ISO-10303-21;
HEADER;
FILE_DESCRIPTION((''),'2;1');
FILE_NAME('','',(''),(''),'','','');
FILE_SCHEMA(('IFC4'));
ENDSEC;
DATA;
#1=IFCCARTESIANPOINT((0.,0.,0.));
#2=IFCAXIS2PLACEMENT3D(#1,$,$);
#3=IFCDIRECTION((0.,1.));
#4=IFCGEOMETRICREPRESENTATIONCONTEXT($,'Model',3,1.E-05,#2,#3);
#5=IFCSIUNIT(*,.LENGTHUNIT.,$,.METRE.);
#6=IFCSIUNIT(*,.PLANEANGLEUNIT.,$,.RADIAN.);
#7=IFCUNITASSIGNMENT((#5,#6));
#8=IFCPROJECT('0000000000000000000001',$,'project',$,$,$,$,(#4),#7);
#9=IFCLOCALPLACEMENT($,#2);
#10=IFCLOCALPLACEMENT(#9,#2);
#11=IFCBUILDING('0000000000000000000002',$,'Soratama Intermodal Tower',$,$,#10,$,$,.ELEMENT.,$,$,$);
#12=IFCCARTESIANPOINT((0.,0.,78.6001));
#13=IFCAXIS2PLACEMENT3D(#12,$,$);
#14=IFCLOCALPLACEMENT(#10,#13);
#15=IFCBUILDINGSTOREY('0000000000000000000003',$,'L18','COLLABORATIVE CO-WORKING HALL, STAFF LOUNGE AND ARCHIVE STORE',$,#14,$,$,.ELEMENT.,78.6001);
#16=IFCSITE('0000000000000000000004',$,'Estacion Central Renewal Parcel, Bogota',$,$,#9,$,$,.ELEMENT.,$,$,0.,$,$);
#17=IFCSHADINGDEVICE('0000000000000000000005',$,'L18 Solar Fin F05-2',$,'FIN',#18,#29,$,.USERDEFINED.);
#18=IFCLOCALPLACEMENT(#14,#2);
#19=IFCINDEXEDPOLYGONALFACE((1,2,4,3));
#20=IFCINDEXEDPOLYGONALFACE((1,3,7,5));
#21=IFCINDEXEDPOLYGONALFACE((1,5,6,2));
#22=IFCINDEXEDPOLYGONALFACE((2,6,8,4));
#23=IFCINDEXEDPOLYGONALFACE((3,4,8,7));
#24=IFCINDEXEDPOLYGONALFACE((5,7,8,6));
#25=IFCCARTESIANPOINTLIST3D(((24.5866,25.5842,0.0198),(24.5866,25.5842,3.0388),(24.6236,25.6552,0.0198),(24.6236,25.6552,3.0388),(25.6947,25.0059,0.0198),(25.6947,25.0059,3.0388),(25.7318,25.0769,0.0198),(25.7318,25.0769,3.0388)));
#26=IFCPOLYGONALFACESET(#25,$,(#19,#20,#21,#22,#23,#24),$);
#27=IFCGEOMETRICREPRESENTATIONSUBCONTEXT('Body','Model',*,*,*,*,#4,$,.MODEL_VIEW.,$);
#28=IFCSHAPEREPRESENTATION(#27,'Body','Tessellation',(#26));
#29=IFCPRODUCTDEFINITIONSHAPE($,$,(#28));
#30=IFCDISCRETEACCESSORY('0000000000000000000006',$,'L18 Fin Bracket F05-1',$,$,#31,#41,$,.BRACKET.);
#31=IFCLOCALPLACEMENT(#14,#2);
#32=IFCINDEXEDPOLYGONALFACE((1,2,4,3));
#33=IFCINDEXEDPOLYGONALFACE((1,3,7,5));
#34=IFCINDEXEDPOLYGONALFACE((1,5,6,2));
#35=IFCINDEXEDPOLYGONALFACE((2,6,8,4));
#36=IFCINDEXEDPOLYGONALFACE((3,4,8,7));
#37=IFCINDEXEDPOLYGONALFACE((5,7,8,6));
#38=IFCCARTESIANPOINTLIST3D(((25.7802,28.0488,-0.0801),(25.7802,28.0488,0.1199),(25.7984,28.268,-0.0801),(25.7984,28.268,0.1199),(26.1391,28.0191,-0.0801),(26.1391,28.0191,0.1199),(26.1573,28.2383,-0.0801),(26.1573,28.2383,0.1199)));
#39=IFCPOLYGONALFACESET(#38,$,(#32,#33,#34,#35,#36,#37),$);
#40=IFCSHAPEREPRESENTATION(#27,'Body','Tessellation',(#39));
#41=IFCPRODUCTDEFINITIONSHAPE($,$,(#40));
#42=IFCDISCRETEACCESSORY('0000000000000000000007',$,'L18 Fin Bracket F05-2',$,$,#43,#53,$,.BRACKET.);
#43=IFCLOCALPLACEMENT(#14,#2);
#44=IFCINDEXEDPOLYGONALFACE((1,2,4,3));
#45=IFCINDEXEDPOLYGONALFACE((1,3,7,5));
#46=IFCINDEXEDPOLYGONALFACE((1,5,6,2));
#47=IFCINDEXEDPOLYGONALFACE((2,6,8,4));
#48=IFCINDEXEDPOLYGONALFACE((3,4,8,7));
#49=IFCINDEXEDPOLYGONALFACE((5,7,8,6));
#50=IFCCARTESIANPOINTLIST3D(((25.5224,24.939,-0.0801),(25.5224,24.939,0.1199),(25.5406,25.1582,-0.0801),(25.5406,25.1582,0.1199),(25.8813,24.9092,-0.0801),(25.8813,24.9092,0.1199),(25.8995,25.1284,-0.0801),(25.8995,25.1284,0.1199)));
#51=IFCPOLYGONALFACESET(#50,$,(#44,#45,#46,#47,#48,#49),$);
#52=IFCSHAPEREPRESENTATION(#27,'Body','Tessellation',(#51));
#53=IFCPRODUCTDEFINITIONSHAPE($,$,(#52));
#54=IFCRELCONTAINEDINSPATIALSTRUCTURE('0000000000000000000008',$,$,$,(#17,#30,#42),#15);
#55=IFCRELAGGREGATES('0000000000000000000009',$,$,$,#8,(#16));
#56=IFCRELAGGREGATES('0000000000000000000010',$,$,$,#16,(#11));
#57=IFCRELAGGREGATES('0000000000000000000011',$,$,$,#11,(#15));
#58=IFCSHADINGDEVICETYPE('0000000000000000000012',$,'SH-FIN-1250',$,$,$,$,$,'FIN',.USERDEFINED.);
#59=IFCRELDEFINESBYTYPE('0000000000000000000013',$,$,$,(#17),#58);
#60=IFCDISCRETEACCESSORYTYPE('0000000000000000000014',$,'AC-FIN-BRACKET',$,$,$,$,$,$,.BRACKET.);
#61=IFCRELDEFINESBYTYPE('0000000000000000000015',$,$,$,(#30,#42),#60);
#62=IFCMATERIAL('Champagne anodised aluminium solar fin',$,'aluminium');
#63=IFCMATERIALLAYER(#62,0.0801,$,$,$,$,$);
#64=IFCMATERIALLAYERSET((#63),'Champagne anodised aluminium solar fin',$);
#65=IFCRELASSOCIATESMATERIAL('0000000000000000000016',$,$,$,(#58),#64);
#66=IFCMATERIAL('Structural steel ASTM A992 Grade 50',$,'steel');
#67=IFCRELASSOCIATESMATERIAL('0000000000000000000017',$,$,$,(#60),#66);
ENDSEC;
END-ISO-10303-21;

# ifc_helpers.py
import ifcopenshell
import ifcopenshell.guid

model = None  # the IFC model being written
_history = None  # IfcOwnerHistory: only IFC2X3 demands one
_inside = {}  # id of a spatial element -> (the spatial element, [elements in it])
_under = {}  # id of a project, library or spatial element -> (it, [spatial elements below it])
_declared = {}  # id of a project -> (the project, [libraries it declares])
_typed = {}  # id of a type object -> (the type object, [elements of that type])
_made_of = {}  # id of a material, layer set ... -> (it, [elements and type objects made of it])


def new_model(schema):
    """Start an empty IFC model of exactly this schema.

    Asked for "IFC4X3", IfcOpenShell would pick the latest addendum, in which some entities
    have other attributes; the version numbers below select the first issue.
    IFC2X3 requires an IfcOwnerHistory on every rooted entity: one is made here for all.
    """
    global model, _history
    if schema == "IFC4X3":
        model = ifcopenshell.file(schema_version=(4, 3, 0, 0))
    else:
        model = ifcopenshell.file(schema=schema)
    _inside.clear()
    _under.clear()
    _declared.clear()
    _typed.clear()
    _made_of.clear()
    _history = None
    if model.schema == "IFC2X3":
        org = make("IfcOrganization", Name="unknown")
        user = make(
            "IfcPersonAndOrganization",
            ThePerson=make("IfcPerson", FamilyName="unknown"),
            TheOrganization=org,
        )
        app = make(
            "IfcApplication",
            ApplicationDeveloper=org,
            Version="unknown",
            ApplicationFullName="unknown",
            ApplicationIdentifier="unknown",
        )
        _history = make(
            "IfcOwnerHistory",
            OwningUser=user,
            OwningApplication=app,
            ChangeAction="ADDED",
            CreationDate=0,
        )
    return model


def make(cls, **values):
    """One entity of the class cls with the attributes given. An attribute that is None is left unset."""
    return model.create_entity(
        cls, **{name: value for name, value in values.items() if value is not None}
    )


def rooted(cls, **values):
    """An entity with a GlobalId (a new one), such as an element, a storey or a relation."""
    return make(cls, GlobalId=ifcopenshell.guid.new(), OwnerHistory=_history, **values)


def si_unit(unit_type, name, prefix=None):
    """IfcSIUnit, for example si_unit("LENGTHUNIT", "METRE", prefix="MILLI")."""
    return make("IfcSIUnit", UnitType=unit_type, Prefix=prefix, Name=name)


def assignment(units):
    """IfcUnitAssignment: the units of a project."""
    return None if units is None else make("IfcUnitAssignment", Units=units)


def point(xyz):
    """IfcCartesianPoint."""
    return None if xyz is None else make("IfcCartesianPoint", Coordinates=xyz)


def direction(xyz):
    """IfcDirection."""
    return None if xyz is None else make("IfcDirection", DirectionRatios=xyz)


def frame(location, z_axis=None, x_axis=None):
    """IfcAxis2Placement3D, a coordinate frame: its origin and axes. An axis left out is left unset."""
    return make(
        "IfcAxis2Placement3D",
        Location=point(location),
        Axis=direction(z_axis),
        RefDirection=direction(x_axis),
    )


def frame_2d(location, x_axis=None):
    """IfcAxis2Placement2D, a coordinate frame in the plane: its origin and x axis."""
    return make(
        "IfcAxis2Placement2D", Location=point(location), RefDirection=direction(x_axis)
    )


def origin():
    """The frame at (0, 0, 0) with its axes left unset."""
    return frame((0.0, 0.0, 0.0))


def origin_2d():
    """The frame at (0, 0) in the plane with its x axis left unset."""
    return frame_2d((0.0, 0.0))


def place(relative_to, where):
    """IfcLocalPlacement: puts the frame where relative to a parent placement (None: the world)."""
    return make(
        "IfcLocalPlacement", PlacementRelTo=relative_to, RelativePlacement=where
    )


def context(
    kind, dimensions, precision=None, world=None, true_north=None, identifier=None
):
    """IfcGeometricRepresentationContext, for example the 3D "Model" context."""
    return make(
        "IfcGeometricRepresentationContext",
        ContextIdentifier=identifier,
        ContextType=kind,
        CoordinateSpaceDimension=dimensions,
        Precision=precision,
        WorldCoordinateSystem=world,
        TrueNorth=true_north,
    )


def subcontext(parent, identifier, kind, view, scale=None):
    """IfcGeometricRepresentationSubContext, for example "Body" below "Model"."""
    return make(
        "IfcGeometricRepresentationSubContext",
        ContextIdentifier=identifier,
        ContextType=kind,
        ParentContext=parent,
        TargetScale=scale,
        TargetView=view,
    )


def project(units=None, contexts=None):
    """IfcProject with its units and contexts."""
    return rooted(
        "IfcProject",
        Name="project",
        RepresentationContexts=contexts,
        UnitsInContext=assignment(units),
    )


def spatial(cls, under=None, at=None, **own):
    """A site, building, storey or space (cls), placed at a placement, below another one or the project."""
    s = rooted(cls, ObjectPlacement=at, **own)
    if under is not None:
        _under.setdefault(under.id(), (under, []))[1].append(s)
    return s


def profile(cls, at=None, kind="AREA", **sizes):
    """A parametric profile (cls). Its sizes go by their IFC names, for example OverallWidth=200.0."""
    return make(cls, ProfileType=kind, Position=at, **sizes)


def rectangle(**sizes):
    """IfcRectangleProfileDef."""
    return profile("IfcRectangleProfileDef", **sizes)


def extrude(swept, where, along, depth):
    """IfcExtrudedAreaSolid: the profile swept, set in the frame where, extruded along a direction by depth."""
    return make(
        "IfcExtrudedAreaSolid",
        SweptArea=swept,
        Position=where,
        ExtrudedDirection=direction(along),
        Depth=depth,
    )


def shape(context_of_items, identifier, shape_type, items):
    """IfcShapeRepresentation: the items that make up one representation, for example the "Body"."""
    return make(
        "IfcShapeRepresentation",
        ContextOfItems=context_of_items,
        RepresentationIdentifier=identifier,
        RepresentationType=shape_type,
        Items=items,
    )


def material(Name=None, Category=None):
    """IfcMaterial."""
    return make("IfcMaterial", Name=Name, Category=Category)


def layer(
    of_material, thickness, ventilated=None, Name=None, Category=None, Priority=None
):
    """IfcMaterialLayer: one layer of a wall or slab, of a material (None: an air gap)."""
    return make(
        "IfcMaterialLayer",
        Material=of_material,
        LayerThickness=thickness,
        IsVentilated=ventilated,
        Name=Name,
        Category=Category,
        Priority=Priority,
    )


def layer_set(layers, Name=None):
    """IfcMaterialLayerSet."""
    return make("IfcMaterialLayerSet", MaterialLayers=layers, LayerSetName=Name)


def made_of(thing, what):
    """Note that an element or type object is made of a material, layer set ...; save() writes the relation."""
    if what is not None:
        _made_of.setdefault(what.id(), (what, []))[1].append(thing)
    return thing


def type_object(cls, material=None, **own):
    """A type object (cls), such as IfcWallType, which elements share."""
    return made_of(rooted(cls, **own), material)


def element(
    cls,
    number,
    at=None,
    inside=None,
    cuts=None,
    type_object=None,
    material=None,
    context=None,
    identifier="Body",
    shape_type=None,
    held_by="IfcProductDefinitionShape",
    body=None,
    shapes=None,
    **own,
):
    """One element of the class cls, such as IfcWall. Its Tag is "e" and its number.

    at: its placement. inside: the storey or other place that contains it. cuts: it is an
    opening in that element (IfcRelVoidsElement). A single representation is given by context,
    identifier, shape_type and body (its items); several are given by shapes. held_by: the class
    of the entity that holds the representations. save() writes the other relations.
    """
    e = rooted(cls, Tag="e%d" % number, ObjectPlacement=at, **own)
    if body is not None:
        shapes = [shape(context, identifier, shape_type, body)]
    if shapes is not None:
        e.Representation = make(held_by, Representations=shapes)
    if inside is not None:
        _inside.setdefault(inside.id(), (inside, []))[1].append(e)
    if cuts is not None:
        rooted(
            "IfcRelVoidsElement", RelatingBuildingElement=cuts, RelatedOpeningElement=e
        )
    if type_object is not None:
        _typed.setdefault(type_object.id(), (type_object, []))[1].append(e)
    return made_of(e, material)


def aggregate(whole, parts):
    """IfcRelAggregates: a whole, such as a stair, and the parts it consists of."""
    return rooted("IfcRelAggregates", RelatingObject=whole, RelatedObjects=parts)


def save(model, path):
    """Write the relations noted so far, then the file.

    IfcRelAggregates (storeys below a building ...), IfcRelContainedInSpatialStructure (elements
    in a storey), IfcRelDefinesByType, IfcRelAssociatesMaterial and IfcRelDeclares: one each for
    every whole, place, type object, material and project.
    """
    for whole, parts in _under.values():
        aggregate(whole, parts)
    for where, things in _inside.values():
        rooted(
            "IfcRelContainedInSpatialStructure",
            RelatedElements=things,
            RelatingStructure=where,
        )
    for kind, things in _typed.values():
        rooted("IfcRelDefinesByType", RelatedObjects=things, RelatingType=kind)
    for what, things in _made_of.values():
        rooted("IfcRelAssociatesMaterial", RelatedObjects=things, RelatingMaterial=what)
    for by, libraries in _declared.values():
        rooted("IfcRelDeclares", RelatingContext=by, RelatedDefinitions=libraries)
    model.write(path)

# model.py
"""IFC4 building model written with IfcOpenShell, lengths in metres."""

from ifc_helpers import new_model, si_unit, direction, frame, origin, origin_2d, place, context, subcontext, project, spatial, rectangle, extrude, material, layer, layer_set, type_object, element, save


model = new_model("IFC4")

# Units and contexts
model_context = context("Model", 3, precision=1e-05, world=origin(), true_north=direction((0.0, 1.0)))
body_context = subcontext(model_context, "Body", "Model", "MODEL_VIEW")
ifc_project = project(units=[si_unit("LENGTHUNIT", "METRE"), si_unit("PLANEANGLEUNIT", "RADIAN")], contexts=[model_context])

# Site, building, storey
site_placement = place(None, origin())
site = spatial("IfcSite", under=ifc_project, at=site_placement, Name="Estacion Central Renewal Parcel, Bogota", CompositionType="ELEMENT", RefElevation=0.0)
building_placement = place(site_placement, origin())
building = spatial("IfcBuilding", under=site, at=building_placement, Name="Soratama Intermodal Tower", CompositionType="ELEMENT")
storey_placement = place(building_placement, frame((0.0, 0.0, 78.6001)))
storey = spatial("IfcBuildingStorey", under=building, at=storey_placement, Name="L18", Description="COLLABORATIVE CO-WORKING HALL, STAFF LOUNGE AND ARCHIVE STORE", CompositionType="ELEMENT", Elevation=78.6001)

# Shading device
ifc_material_1 = material(Name="Champagne anodised aluminium solar fin", Category="aluminium")
ifc_layer_1 = layer(ifc_material_1, 0.0801)
ifc_layer_set_1 = layer_set([ifc_layer_1], Name="Champagne anodised aluminium solar fin")
shading_device_type = type_object("IfcShadingDeviceType", Name="SH-FIN-1250", ElementType="FIN", PredefinedType="USERDEFINED", material=ifc_layer_set_1)
for number, where, z_axis, x_axis, name in (
    (1, (25.1592, 25.3306, 0.0198), (0.0, 0.0, 1.0), (-0.886527, 0.462677, 0.0), "L18 Solar Fin F05-2"),
):
    element("IfcShadingDevice", number, at=place(storey_placement, frame(where, z_axis=z_axis, x_axis=x_axis)), inside=storey, type_object=shading_device_type, Name=name, ObjectType="FIN", PredefinedType="USERDEFINED", context=body_context, shape_type="SweptSolid", body=[
        extrude(rectangle(XDim=1.25, YDim=0.0801, at=origin_2d()), origin(), (0.0, 0.0, 1.0), 3.019),
    ])

# Discrete accessories
ifc_material_2 = material(Name="Structural steel ASTM A992 Grade 50", Category="steel")
discrete_accessory_type = type_object("IfcDiscreteAccessoryType", Name="AC-FIN-BRACKET", PredefinedType="BRACKET", material=ifc_material_2)
for number, where, z_axis, x_axis, name in (
    (2, (25.9688, 28.1436, -0.0801), (0.0, 0.0, 1.0), (-0.99658, 0.082634, 0.0), "L18 Fin Bracket F05-1"),
    (3, (25.7109, 25.0337, -0.0801), (0.0, 0.0, 1.0), (-0.99658, 0.082634, 0.0), "L18 Fin Bracket F05-2"),
):
    element("IfcDiscreteAccessory", number, at=place(storey_placement, frame(where, z_axis=z_axis, x_axis=x_axis)), inside=storey, type_object=discrete_accessory_type, Name=name, PredefinedType="BRACKET", context=body_context, shape_type="SweptSolid", body=[
        extrude(rectangle(XDim=0.3601, YDim=0.22, at=origin_2d()), origin(), (0.0, 0.0, 1.0), 0.2),
    ])

save(model, "model.ifc")
